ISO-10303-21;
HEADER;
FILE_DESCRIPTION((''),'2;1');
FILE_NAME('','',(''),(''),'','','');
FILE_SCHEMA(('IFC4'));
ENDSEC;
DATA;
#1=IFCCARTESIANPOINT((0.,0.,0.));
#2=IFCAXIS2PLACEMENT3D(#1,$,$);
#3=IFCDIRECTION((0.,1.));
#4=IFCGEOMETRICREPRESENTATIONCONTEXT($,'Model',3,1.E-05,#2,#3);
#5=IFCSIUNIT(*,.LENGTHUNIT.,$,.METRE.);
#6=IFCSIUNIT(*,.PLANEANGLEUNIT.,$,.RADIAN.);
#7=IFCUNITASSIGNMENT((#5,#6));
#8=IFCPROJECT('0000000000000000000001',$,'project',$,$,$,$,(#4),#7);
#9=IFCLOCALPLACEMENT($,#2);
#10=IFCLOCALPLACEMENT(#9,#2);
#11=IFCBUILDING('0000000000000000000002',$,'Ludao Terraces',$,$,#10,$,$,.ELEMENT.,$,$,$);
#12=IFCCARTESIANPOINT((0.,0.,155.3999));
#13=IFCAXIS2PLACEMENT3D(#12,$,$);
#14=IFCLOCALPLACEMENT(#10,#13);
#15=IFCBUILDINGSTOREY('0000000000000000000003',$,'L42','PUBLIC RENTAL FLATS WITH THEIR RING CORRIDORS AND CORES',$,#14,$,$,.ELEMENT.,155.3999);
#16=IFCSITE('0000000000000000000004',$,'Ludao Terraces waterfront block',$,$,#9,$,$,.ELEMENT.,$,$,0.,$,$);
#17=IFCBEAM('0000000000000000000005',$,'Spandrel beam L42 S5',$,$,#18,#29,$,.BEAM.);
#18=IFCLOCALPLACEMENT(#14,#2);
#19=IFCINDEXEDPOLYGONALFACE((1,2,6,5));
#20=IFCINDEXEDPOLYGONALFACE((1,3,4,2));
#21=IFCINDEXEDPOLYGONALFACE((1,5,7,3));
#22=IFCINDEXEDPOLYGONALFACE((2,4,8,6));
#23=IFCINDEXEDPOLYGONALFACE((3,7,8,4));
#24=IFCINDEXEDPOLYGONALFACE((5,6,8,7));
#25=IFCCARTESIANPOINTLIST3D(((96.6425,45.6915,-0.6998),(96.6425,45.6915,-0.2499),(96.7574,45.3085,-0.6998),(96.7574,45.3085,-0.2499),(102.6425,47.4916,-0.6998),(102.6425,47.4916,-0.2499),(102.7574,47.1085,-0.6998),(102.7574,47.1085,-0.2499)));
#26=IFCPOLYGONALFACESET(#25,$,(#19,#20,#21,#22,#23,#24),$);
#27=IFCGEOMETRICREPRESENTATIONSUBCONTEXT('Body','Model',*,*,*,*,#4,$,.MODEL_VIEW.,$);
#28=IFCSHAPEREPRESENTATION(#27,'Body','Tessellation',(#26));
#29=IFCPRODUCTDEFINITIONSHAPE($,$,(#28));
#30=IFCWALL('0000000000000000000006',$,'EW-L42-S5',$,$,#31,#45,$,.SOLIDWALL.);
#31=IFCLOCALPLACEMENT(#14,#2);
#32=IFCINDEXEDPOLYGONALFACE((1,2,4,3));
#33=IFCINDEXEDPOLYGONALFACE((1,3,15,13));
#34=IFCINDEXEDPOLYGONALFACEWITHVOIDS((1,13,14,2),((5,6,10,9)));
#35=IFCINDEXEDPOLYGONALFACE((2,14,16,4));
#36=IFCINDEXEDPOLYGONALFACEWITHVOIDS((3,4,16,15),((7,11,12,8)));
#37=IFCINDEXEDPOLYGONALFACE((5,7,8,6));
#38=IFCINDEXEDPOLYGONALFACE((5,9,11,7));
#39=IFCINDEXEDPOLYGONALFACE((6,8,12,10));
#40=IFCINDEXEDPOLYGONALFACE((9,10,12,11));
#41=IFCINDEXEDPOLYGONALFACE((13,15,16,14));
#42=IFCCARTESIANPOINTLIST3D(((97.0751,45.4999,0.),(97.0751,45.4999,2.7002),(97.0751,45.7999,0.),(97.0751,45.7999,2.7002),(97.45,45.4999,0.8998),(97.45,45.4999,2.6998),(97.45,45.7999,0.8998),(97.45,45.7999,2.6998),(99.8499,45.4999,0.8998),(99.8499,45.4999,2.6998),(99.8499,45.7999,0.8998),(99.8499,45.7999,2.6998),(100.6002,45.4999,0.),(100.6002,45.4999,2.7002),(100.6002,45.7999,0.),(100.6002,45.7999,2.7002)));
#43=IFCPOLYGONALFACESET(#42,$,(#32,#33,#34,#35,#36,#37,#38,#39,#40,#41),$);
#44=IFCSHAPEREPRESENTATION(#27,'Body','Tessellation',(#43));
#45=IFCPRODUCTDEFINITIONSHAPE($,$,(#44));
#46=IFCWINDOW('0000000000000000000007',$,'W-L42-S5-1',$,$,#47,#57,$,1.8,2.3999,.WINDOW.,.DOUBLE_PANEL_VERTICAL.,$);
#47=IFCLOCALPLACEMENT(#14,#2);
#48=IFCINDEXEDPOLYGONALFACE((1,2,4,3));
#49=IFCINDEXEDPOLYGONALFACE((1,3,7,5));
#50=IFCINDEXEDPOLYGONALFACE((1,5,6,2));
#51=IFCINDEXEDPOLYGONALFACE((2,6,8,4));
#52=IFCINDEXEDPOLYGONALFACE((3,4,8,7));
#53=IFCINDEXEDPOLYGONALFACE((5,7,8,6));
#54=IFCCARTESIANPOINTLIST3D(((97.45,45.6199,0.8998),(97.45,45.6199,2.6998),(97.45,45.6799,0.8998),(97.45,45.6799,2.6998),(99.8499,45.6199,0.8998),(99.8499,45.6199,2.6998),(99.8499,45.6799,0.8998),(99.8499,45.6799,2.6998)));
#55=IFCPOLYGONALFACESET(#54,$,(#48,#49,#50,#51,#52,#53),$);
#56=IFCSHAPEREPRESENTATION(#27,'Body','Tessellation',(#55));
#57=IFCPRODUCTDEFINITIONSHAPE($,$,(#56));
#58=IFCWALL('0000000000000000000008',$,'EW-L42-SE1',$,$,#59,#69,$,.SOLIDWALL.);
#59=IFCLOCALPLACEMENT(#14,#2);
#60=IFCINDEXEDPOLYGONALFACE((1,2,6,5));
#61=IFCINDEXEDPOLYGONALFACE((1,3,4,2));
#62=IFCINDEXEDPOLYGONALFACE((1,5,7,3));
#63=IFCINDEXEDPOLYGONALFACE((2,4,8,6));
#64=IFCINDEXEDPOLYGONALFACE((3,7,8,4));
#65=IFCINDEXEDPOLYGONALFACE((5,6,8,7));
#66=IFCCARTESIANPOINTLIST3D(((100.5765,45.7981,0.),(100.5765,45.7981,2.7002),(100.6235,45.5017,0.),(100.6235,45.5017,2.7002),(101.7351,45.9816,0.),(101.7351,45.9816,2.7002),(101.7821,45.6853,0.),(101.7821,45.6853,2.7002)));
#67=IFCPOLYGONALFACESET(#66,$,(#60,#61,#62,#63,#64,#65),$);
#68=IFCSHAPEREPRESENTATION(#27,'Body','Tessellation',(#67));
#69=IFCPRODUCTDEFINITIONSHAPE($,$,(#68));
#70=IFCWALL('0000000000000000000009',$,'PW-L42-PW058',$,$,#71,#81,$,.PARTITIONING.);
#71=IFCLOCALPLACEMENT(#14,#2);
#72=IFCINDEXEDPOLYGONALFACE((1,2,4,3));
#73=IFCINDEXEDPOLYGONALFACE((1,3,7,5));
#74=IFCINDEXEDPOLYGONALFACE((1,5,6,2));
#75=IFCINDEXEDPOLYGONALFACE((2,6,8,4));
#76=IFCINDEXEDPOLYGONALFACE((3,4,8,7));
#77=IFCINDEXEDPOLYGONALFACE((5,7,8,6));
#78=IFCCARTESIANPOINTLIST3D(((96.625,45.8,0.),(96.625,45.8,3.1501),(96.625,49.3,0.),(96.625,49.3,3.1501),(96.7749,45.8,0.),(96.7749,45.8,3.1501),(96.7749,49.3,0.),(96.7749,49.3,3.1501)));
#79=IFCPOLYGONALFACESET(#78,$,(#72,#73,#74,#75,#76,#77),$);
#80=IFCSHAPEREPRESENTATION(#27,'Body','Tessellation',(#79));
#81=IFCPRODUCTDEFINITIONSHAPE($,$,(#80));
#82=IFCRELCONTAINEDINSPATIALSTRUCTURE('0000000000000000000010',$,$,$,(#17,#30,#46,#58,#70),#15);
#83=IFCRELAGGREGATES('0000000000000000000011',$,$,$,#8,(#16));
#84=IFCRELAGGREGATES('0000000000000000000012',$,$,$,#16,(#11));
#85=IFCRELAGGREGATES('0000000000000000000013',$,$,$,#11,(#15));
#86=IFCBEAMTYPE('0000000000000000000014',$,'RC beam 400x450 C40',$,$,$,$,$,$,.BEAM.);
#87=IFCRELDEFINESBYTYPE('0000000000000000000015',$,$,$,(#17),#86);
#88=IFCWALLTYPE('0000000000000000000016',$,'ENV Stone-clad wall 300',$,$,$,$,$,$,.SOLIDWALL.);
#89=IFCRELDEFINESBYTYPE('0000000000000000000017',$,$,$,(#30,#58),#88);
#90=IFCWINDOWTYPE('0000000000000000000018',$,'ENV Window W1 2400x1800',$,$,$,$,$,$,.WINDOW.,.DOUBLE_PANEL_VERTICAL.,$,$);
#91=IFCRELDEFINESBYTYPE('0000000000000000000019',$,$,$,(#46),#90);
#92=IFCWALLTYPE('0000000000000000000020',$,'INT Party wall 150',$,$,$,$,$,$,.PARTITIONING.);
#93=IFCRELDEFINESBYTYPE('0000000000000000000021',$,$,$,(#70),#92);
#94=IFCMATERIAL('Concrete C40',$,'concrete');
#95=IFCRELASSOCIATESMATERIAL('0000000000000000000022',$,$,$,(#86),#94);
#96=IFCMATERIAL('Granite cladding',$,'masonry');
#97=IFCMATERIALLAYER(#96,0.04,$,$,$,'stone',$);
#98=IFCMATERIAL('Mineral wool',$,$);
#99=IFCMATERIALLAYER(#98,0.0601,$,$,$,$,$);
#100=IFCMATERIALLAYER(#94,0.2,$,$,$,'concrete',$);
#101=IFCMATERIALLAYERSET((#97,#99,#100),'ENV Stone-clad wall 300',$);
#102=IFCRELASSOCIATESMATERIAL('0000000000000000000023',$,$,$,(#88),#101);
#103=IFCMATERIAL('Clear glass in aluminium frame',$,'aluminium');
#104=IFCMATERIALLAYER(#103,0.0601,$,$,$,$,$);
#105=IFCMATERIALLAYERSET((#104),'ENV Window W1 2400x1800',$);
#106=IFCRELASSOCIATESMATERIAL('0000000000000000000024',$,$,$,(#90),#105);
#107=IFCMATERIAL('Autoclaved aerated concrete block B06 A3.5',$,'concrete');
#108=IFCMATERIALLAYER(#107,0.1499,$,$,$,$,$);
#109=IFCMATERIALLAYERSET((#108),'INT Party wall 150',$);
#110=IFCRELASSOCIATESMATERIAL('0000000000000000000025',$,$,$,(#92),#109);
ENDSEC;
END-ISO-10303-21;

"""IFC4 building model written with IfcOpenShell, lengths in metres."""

from ifc_helpers import new_model, si_unit, direction, frame, frame_2d, origin, origin_2d, place, context, subcontext, project, spatial, rectangle, extrude, material, layer, layer_set, material_profile, profile_set, type_object, element, fill, save


model = new_model("IFC4")

# Units and contexts
model_context = context("Model", 3, precision=1e-05, world=origin(), true_north=direction((0.0, 1.0)))
body_context = subcontext(model_context, "Body", "Model", "MODEL_VIEW")
ifc_project = project(units=[si_unit("LENGTHUNIT", "METRE"), si_unit("PLANEANGLEUNIT", "RADIAN")], contexts=[model_context])

# Site, building, storey
site_placement = place(None, origin())
site = spatial("IfcSite", under=ifc_project, at=site_placement, Name="Ludao Terraces waterfront block", CompositionType="ELEMENT", RefElevation=0.0)
building_placement = place(site_placement, origin())
building = spatial("IfcBuilding", under=site, at=building_placement, Name="Ludao Terraces", CompositionType="ELEMENT")
storey_placement = place(building_placement, frame((0.0, 0.0, 155.3999)))
storey = spatial("IfcBuildingStorey", under=building, at=storey_placement, Name="L42", Description="PUBLIC RENTAL FLATS WITH THEIR RING CORRIDORS AND CORES", CompositionType="ELEMENT", Elevation=155.3999)

# Beam
ifc_material_1 = material(Name="Concrete C40", Category="concrete")
ifc_material_profile = material_profile(ifc_material_1, rectangle(XDim=0.3999, YDim=0.45, at=origin_2d()), Name="400 X 450")
ifc_profile_set = profile_set([ifc_material_profile], Name="Concrete C40")
beam_type = type_object("IfcBeamType", Name="RC beam 400x450 C40", PredefinedType="BEAM", material=ifc_profile_set)
beam_placement = place(storey_placement, frame((96.7, 45.5, -0.4749), z_axis=(0.957824, 0.287355, 0.0), x_axis=(-0.287355, 0.957824, 0.0)))
element("IfcBeam", 1, at=beam_placement, inside=storey, type_object=beam_type, Name="Spandrel beam L42 S5", PredefinedType="BEAM", context=body_context, shape_type="SweptSolid", body=[
    extrude(rectangle(XDim=0.3999, YDim=0.45, at=origin_2d()), origin(), (0.0, 0.0, 1.0), 6.2642),
])

# Wall, opening, window
ifc_material_2 = material(Name="Granite cladding", Category="masonry")
ifc_layer_1 = layer(ifc_material_2, 0.04, Category="stone")
ifc_material_3 = material(Name="Mineral wool")
ifc_layer_2 = layer(ifc_material_3, 0.0601)
ifc_layer_3 = layer(ifc_material_1, 0.2, Category="concrete")
ifc_layer_set_1 = layer_set([ifc_layer_1, ifc_layer_2, ifc_layer_3], Name="ENV Stone-clad wall 300")
wall_type_1 = type_object("IfcWallType", Name="ENV Stone-clad wall 300", PredefinedType="SOLIDWALL", material=ifc_layer_set_1)
wall_1_placement = place(storey_placement, frame((97.075, 45.6499, 0.0), z_axis=(0.0, 0.0, 1.0), x_axis=(1.0, 0.0, 0.0)))
wall_1 = element("IfcWall", 2, at=wall_1_placement, inside=storey, type_object=wall_type_1, Name="EW-L42-S5", PredefinedType="SOLIDWALL", context=body_context, shape_type="SweptSolid", body=[
    extrude(rectangle(XDim=3.5251, YDim=0.3, at=frame_2d((1.7627, 0.0))), origin(), (0.0, 0.0, 1.0), 2.7002),
])
opening_placement = place(wall_1_placement, frame((0.375, 0.0, 0.8999)))
opening = element("IfcOpeningElement", 3, at=opening_placement, cuts=wall_1, PredefinedType="OPENING", context=body_context, shape_type="SweptSolid", body=[
    extrude(rectangle(XDim=2.3999, YDim=1.8, at=frame_2d((1.2, 0.8999))), frame((0.0, 0.1602, 0.0), z_axis=(0.0, -1.0, 0.0), x_axis=(1.0, 0.0, 0.0)), (0.0, 0.0, 1.0), 0.3201),
])
ifc_material_4 = material(Name="Clear glass in aluminium frame", Category="aluminium")
ifc_layer_4 = layer(ifc_material_4, 0.0601)
ifc_layer_set_2 = layer_set([ifc_layer_4], Name="ENV Window W1 2400x1800")
window_type = type_object("IfcWindowType", Name="ENV Window W1 2400x1800", PartitioningType="DOUBLE_PANEL_VERTICAL", PredefinedType="WINDOW", material=ifc_layer_set_2)
window_placement = place(opening_placement, origin())
window = element("IfcWindow", 4, at=window_placement, inside=storey, type_object=window_type, Name="W-L42-S5-1", OverallHeight=1.8, OverallWidth=2.3999, PartitioningType="DOUBLE_PANEL_VERTICAL", PredefinedType="WINDOW", context=body_context, shape_type="SweptSolid", body=[
    extrude(rectangle(XDim=2.3999, YDim=1.8, at=frame_2d((1.2, 0.8999))), frame((0.0, 0.03, 0.0), z_axis=(0.0, -1.0, 0.0), x_axis=(1.0, 0.0, 0.0)), (0.0, 0.0, 1.0), 0.0601),
])
fill(opening, window)

# Walls
wall_2_placement = place(storey_placement, frame((100.6001, 45.6499, 0.0), z_axis=(0.0, 0.0, 1.0), x_axis=(0.987678, 0.156497, 0.0)))
element("IfcWall", 5, at=wall_2_placement, inside=storey, type_object=wall_type_1, Name="EW-L42-SE1", PredefinedType="SOLIDWALL", context=body_context, shape_type="SweptSolid", body=[
    extrude(rectangle(XDim=1.1731, YDim=0.3, at=frame_2d((0.5864, 0.0))), origin(), (0.0, 0.0, 1.0), 2.7002),
])
ifc_material_5 = material(Name="Autoclaved aerated concrete block B06 A3.5", Category="concrete")
ifc_layer_5 = layer(ifc_material_5, 0.1499)
ifc_layer_set_3 = layer_set([ifc_layer_5], Name="INT Party wall 150")
wall_type_2 = type_object("IfcWallType", Name="INT Party wall 150", PredefinedType="PARTITIONING", material=ifc_layer_set_3)
wall_3_placement = place(storey_placement, frame((96.7, 45.8, 0.0), z_axis=(0.0, 0.0, 1.0), x_axis=(0.0, 1.0, 0.0)))
element("IfcWall", 6, at=wall_3_placement, inside=storey, type_object=wall_type_2, Name="PW-L42-PW058", PredefinedType="PARTITIONING", context=body_context, shape_type="SweptSolid", body=[
    extrude(rectangle(XDim=3.5, YDim=0.1499, at=frame_2d((1.75, 0.0))), origin(), (0.0, 0.0, 1.0), 3.1501),
])

save(model, "model.ifc")
